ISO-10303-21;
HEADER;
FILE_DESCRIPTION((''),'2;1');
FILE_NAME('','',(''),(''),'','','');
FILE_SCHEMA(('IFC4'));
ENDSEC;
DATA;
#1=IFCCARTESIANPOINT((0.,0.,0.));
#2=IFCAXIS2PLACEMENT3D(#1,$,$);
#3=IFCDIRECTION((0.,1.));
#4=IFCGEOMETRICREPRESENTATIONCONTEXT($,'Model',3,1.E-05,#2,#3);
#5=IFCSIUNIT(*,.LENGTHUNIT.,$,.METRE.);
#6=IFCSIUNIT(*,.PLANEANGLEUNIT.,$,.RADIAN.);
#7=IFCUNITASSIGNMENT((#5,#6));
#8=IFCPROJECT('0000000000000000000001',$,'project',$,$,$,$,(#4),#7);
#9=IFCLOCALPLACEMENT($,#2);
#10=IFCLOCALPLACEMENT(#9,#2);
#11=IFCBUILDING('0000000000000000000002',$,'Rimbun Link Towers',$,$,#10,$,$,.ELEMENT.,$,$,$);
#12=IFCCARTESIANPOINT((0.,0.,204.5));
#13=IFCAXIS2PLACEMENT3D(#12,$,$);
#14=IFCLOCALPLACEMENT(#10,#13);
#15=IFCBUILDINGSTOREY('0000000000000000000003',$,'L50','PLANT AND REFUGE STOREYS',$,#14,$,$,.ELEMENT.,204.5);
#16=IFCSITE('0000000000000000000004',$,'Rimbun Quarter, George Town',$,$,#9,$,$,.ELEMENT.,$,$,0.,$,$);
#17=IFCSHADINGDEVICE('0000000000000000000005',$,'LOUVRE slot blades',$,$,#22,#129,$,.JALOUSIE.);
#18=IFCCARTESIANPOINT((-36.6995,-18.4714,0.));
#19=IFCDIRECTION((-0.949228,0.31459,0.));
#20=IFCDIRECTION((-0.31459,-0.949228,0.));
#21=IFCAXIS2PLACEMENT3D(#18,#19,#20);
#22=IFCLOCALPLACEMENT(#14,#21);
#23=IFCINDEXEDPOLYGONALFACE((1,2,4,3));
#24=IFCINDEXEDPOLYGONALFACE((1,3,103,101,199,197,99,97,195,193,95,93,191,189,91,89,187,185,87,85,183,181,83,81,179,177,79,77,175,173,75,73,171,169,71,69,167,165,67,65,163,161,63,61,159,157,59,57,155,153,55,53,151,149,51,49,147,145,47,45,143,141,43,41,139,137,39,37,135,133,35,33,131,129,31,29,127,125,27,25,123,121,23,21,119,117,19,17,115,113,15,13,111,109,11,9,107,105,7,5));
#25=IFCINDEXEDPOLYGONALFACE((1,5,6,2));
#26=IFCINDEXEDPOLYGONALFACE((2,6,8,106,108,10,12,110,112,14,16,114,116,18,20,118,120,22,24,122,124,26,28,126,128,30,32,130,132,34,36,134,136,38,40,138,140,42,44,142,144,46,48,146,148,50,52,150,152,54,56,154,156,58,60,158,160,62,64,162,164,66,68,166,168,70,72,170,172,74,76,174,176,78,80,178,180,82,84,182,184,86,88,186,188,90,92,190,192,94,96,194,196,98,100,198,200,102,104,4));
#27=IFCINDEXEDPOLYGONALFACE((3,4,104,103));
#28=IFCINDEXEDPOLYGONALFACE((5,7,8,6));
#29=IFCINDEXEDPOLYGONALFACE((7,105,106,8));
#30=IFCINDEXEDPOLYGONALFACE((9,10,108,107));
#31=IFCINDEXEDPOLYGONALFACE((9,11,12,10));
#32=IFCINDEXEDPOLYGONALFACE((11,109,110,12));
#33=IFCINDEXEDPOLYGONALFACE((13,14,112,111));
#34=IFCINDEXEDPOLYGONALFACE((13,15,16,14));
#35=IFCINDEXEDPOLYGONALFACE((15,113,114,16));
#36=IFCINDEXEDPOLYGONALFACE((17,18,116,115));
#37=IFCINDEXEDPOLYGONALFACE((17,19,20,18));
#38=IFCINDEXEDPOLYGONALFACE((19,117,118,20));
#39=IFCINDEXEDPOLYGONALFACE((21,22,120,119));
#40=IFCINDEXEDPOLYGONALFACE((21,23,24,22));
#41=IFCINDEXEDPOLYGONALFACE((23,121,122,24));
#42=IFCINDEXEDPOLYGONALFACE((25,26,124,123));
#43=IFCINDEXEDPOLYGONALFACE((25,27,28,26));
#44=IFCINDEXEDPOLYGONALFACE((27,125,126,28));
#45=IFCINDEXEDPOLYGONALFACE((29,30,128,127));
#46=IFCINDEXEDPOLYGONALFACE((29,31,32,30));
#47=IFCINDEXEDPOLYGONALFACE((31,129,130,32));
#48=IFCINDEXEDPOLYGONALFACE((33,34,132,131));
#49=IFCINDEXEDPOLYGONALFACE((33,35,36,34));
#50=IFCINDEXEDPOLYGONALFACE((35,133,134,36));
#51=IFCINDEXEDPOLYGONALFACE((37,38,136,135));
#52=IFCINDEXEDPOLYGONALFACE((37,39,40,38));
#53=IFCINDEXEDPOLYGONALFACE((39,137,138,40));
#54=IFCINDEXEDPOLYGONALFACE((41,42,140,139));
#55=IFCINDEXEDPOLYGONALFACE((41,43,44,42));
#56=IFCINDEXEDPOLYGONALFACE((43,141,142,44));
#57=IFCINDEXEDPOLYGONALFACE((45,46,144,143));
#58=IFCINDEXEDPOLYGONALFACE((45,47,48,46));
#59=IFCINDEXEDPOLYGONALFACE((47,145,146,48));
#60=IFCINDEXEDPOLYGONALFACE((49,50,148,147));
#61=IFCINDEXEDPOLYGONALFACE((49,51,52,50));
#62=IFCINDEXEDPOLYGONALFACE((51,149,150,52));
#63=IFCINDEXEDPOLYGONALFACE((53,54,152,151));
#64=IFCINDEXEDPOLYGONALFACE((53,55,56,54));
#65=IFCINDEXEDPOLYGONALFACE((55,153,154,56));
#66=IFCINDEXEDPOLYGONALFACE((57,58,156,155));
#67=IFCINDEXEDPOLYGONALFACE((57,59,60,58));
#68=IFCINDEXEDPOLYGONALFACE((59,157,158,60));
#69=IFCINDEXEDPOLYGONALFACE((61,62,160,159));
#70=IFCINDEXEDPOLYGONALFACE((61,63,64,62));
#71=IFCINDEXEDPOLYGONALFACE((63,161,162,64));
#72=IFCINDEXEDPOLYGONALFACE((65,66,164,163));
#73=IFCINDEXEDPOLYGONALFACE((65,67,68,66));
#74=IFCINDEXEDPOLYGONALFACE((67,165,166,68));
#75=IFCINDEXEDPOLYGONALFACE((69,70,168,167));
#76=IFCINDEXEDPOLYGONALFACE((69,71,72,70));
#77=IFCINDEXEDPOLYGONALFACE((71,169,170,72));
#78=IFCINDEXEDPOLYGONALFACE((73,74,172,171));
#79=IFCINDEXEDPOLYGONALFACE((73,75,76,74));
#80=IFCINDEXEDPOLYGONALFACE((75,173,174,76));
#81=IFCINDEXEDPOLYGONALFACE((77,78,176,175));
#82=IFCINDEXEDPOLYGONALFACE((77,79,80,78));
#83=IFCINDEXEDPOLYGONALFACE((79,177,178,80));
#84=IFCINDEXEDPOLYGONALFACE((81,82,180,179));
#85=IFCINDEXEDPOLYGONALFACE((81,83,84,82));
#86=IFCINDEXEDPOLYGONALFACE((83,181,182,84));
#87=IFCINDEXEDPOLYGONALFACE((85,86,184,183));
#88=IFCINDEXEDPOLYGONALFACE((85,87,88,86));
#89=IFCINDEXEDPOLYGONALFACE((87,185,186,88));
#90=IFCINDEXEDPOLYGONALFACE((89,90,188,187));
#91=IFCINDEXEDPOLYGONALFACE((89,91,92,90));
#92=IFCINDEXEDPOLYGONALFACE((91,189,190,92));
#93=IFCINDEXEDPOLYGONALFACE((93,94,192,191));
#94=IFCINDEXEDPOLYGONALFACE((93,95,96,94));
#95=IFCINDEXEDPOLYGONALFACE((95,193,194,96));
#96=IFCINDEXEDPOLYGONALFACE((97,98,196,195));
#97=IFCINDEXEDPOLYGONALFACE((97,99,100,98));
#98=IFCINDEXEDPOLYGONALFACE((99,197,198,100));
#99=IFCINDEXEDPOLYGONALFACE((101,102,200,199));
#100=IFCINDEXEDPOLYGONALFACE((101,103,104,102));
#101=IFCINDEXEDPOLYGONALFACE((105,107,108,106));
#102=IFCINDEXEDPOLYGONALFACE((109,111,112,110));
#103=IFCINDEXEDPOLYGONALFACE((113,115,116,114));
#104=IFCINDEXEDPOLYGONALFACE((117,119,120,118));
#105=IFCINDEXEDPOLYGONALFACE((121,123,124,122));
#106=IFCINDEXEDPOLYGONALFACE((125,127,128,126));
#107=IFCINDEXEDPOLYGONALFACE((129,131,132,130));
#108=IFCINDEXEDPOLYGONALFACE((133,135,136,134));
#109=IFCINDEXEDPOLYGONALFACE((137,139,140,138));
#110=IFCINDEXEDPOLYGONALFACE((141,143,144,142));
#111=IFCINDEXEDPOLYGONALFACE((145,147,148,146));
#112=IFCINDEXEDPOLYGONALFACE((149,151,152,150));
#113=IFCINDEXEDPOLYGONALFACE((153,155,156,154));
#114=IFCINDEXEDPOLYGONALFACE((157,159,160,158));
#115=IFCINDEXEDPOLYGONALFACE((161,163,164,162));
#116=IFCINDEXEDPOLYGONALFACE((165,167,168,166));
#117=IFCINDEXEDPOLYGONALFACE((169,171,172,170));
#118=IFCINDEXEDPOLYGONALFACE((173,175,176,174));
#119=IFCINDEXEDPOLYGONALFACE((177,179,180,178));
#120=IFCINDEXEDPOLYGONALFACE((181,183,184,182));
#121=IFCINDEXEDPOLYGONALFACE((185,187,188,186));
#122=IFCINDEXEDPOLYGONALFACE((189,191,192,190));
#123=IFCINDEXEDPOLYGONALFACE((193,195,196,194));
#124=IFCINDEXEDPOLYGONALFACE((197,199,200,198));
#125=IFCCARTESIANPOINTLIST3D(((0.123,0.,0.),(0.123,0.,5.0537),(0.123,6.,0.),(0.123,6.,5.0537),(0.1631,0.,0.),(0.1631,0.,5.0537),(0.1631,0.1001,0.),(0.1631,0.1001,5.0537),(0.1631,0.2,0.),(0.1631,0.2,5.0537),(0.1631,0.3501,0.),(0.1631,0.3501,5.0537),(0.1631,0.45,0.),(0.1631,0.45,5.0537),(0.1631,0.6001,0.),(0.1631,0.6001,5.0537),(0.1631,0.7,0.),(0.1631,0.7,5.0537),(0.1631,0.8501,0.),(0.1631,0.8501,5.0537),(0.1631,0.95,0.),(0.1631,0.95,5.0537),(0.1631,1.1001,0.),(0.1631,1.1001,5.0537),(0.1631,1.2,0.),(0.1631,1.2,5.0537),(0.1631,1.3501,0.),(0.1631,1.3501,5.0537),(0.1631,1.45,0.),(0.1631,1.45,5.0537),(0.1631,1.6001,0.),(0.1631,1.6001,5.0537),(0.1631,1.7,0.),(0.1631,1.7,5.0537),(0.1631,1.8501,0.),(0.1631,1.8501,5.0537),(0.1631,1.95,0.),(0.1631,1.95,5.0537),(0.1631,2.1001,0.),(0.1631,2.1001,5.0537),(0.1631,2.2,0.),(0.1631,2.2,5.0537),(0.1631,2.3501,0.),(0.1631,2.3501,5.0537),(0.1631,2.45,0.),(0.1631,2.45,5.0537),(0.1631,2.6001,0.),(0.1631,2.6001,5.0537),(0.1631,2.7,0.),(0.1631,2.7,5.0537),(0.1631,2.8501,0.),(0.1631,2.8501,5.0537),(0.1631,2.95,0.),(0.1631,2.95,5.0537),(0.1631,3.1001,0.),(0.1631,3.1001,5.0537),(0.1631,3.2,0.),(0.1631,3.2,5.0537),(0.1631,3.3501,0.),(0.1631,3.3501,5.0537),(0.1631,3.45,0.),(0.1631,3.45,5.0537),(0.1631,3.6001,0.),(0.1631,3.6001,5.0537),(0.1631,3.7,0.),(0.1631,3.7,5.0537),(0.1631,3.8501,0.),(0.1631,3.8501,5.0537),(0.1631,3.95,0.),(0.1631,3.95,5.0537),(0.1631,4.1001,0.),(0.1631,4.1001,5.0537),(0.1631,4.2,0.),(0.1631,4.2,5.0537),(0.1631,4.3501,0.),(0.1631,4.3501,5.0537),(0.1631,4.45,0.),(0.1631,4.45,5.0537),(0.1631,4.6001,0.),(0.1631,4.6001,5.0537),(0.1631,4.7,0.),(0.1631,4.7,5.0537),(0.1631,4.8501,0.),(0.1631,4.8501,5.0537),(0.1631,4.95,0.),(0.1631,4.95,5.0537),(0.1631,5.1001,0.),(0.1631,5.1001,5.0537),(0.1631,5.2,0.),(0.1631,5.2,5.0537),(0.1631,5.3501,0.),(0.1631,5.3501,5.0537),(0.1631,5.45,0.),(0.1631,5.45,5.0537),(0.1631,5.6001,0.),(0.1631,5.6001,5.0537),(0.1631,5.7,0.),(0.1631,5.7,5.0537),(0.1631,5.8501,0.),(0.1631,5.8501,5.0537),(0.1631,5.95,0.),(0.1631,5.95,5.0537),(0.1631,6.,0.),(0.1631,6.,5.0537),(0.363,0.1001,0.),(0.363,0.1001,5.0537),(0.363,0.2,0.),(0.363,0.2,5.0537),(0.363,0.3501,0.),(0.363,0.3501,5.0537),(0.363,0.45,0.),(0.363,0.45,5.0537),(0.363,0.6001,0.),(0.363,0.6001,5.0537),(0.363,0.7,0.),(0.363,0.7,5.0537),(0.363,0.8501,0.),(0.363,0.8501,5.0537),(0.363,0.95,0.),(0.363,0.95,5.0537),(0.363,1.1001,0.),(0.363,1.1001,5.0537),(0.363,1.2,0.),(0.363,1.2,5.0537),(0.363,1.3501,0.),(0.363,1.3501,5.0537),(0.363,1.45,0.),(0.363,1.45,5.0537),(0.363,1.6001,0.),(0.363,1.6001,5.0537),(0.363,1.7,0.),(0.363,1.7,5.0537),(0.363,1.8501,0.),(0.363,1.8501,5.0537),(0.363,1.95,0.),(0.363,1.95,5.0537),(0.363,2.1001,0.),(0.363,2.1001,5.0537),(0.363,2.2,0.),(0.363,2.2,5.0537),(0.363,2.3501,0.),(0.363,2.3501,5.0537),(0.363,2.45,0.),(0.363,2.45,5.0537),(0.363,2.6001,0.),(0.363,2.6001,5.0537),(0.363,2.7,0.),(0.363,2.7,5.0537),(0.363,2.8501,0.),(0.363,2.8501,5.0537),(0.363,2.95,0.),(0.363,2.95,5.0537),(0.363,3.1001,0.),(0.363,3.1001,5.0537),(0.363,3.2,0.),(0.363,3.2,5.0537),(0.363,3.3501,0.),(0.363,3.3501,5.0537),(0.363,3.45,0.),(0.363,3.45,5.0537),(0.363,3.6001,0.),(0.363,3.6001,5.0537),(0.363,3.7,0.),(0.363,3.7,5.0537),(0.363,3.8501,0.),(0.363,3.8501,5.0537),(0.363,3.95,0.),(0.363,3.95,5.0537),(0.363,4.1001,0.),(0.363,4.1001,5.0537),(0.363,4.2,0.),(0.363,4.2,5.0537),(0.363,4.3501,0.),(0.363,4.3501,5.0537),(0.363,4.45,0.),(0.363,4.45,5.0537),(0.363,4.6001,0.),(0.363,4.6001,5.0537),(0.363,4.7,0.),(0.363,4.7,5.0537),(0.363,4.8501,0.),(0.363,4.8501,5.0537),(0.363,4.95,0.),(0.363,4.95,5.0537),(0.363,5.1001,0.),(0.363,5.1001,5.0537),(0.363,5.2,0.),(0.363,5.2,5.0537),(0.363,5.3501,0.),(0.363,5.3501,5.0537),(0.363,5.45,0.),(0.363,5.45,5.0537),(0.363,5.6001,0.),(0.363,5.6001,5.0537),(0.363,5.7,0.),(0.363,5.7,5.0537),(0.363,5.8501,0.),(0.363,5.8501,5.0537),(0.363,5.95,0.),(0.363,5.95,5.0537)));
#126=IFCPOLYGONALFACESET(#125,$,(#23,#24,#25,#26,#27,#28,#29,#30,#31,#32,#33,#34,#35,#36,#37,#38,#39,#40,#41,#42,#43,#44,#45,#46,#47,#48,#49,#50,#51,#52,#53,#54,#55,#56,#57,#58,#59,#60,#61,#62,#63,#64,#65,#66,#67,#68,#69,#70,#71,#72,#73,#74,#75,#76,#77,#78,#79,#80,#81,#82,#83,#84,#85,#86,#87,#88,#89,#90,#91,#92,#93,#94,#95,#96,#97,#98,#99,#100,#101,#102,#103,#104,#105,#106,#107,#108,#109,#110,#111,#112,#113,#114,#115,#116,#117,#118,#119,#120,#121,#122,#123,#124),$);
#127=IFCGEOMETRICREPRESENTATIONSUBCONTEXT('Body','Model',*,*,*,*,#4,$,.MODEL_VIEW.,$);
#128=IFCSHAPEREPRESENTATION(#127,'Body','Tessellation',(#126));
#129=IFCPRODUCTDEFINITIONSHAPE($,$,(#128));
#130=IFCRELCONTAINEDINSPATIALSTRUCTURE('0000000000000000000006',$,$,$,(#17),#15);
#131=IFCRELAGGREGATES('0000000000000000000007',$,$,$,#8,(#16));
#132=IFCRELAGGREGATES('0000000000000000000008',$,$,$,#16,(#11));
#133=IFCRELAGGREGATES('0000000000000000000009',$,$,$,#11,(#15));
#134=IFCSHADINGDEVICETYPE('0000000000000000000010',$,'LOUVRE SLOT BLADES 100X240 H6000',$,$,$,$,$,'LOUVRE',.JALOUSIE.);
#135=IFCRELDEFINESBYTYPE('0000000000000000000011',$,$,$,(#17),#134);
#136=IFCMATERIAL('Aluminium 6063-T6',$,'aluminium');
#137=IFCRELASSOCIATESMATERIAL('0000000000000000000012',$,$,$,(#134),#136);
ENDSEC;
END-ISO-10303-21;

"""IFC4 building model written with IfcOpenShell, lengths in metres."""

from ifc_helpers import new_model, si_unit, direction, frame, origin, place, context, subcontext, project, spatial, polyline, outline, extrude, material, material_profile, profile_set, type_object, element, save


model = new_model("IFC4")

# Units and contexts
model_context = context("Model", 3, precision=1e-05, world=origin(), true_north=direction((0.0, 1.0)))
body_context = subcontext(model_context, "Body", "Model", "MODEL_VIEW")
ifc_project = project(units=[si_unit("LENGTHUNIT", "METRE"), si_unit("PLANEANGLEUNIT", "RADIAN")], contexts=[model_context])

# Site, building, storey
site_placement = place(None, origin())
site = spatial("IfcSite", under=ifc_project, at=site_placement, Name="Rimbun Quarter, George Town", CompositionType="ELEMENT", RefElevation=0.0)
building_placement = place(site_placement, origin())
building = spatial("IfcBuilding", under=site, at=building_placement, Name="Rimbun Link Towers", CompositionType="ELEMENT")
storey_placement = place(building_placement, frame((0.0, 0.0, 204.5)))
storey = spatial("IfcBuildingStorey", under=building, at=storey_placement, Name="L50", Description="PLANT AND REFUGE STOREYS", CompositionType="ELEMENT", Elevation=204.5)

# Shading device
ifc_material_1 = material(Name="Aluminium 6063-T6", Category="aluminium")
ifc_material_profile_1 = material_profile(ifc_material_1, outline(polyline([(0.123, 0.0), (0.1631, 0.0), (0.1631, 0.1001), (0.363, 0.1001), (0.363, 0.2), (0.1631, 0.2), (0.1631, 0.3501), (0.363, 0.3501), (0.363, 0.45), (0.1631, 0.45), (0.1631, 0.6001), (0.363, 0.6001), (0.363, 0.7), (0.1631, 0.7), (0.1631, 0.8501), (0.363, 0.8501), (0.363, 0.95), (0.1631, 0.95), (0.1631, 1.1001), (0.363, 1.1001), (0.363, 1.2), (0.1631, 1.2), (0.1631, 1.3501), (0.363, 1.3501), (0.363, 1.45), (0.1631, 1.45), (0.1631, 1.6001), (0.363, 1.6001), (0.363, 1.7), (0.1631, 1.7), (0.1631, 1.8501), (0.363, 1.8501), (0.363, 1.95), (0.1631, 1.95), (0.1631, 2.1001), (0.363, 2.1001), (0.363, 2.2), (0.1631, 2.2), (0.1631, 2.3501), (0.363, 2.3501), (0.363, 2.45), (0.1631, 2.45), (0.1631, 2.6001), (0.363, 2.6001), (0.363, 2.7), (0.1631, 2.7), (0.1631, 2.8501), (0.363, 2.8501), (0.363, 2.95), (0.1631, 2.95), (0.1631, 3.1001), (0.363, 3.1001), (0.363, 3.2), (0.1631, 3.2), (0.1631, 3.3501), (0.363, 3.3501), (0.363, 3.45), (0.1631, 3.45), (0.1631, 3.6001), (0.363, 3.6001), (0.363, 3.7), (0.1631, 3.7), (0.1631, 3.8501), (0.363, 3.8501), (0.363, 3.95), (0.1631, 3.95), (0.1631, 4.1001), (0.363, 4.1001), (0.363, 4.2), (0.1631, 4.2), (0.1631, 4.3501), (0.363, 4.3501), (0.363, 4.45), (0.1631, 4.45), (0.1631, 4.6001), (0.363, 4.6001), (0.363, 4.7), (0.1631, 4.7), (0.1631, 4.8501), (0.363, 4.8501), (0.363, 4.95), (0.1631, 4.95), (0.1631, 5.1001), (0.363, 5.1001), (0.363, 5.2), (0.1631, 5.2), (0.1631, 5.3501), (0.363, 5.3501), (0.363, 5.45), (0.1631, 5.45), (0.1631, 5.6001), (0.363, 5.6001), (0.363, 5.7), (0.1631, 5.7), (0.1631, 5.8501), (0.363, 5.8501), (0.363, 5.95), (0.1631, 5.95), (0.1631, 6.0), (0.123, 6.0), (0.123, 0.0)])), Name="LOUVRE BLADES 100X240")
ifc_profile_set_1 = profile_set([ifc_material_profile_1], Name="Aluminium 6063-T6")
shading_device_type = type_object("IfcShadingDeviceType", Name="LOUVRE SLOT BLADES 100X240 H6000", ElementType="LOUVRE", PredefinedType="JALOUSIE", material=ifc_profile_set_1)
shading_device_placement = place(storey_placement, frame((-36.6995, -18.4714, 0.0), z_axis=(-0.949228, 0.31459, 0.0), x_axis=(-0.31459, -0.949228, 0.0)))
element("IfcShadingDevice", 1, at=shading_device_placement, inside=storey, type_object=shading_device_type, Name="LOUVRE slot blades", PredefinedType="JALOUSIE", context=body_context, shape_type="SweptSolid", body=[
    extrude(outline(polyline([(0.123, 0.0), (0.1631, 0.0), (0.1631, 0.1001), (0.363, 0.1001), (0.363, 0.2), (0.1631, 0.2), (0.1631, 0.3501), (0.363, 0.3501), (0.363, 0.45), (0.1631, 0.45), (0.1631, 0.6001), (0.363, 0.6001), (0.363, 0.7), (0.1631, 0.7), (0.1631, 0.8501), (0.363, 0.8501), (0.363, 0.95), (0.1631, 0.95), (0.1631, 1.1001), (0.363, 1.1001), (0.363, 1.2), (0.1631, 1.2), (0.1631, 1.3501), (0.363, 1.3501), (0.363, 1.45), (0.1631, 1.45), (0.1631, 1.6001), (0.363, 1.6001), (0.363, 1.7), (0.1631, 1.7), (0.1631, 1.8501), (0.363, 1.8501), (0.363, 1.95), (0.1631, 1.95), (0.1631, 2.1001), (0.363, 2.1001), (0.363, 2.2), (0.1631, 2.2), (0.1631, 2.3501), (0.363, 2.3501), (0.363, 2.45), (0.1631, 2.45), (0.1631, 2.6001), (0.363, 2.6001), (0.363, 2.7), (0.1631, 2.7), (0.1631, 2.8501), (0.363, 2.8501), (0.363, 2.95), (0.1631, 2.95), (0.1631, 3.1001), (0.363, 3.1001), (0.363, 3.2), (0.1631, 3.2), (0.1631, 3.3501), (0.363, 3.3501), (0.363, 3.45), (0.1631, 3.45), (0.1631, 3.6001), (0.363, 3.6001), (0.363, 3.7), (0.1631, 3.7), (0.1631, 3.8501), (0.363, 3.8501), (0.363, 3.95), (0.1631, 3.95), (0.1631, 4.1001), (0.363, 4.1001), (0.363, 4.2), (0.1631, 4.2), (0.1631, 4.3501), (0.363, 4.3501), (0.363, 4.45), (0.1631, 4.45), (0.1631, 4.6001), (0.363, 4.6001), (0.363, 4.7), (0.1631, 4.7), (0.1631, 4.8501), (0.363, 4.8501), (0.363, 4.95), (0.1631, 4.95), (0.1631, 5.1001), (0.363, 5.1001), (0.363, 5.2), (0.1631, 5.2), (0.1631, 5.3501), (0.363, 5.3501), (0.363, 5.45), (0.1631, 5.45), (0.1631, 5.6001), (0.363, 5.6001), (0.363, 5.7), (0.1631, 5.7), (0.1631, 5.8501), (0.363, 5.8501), (0.363, 5.95), (0.1631, 5.95), (0.1631, 6.0), (0.123, 6.0), (0.123, 0.0)])), origin(), (0.0, 0.0, 1.0), 5.0537),
])

save(model, "model.ifc")
